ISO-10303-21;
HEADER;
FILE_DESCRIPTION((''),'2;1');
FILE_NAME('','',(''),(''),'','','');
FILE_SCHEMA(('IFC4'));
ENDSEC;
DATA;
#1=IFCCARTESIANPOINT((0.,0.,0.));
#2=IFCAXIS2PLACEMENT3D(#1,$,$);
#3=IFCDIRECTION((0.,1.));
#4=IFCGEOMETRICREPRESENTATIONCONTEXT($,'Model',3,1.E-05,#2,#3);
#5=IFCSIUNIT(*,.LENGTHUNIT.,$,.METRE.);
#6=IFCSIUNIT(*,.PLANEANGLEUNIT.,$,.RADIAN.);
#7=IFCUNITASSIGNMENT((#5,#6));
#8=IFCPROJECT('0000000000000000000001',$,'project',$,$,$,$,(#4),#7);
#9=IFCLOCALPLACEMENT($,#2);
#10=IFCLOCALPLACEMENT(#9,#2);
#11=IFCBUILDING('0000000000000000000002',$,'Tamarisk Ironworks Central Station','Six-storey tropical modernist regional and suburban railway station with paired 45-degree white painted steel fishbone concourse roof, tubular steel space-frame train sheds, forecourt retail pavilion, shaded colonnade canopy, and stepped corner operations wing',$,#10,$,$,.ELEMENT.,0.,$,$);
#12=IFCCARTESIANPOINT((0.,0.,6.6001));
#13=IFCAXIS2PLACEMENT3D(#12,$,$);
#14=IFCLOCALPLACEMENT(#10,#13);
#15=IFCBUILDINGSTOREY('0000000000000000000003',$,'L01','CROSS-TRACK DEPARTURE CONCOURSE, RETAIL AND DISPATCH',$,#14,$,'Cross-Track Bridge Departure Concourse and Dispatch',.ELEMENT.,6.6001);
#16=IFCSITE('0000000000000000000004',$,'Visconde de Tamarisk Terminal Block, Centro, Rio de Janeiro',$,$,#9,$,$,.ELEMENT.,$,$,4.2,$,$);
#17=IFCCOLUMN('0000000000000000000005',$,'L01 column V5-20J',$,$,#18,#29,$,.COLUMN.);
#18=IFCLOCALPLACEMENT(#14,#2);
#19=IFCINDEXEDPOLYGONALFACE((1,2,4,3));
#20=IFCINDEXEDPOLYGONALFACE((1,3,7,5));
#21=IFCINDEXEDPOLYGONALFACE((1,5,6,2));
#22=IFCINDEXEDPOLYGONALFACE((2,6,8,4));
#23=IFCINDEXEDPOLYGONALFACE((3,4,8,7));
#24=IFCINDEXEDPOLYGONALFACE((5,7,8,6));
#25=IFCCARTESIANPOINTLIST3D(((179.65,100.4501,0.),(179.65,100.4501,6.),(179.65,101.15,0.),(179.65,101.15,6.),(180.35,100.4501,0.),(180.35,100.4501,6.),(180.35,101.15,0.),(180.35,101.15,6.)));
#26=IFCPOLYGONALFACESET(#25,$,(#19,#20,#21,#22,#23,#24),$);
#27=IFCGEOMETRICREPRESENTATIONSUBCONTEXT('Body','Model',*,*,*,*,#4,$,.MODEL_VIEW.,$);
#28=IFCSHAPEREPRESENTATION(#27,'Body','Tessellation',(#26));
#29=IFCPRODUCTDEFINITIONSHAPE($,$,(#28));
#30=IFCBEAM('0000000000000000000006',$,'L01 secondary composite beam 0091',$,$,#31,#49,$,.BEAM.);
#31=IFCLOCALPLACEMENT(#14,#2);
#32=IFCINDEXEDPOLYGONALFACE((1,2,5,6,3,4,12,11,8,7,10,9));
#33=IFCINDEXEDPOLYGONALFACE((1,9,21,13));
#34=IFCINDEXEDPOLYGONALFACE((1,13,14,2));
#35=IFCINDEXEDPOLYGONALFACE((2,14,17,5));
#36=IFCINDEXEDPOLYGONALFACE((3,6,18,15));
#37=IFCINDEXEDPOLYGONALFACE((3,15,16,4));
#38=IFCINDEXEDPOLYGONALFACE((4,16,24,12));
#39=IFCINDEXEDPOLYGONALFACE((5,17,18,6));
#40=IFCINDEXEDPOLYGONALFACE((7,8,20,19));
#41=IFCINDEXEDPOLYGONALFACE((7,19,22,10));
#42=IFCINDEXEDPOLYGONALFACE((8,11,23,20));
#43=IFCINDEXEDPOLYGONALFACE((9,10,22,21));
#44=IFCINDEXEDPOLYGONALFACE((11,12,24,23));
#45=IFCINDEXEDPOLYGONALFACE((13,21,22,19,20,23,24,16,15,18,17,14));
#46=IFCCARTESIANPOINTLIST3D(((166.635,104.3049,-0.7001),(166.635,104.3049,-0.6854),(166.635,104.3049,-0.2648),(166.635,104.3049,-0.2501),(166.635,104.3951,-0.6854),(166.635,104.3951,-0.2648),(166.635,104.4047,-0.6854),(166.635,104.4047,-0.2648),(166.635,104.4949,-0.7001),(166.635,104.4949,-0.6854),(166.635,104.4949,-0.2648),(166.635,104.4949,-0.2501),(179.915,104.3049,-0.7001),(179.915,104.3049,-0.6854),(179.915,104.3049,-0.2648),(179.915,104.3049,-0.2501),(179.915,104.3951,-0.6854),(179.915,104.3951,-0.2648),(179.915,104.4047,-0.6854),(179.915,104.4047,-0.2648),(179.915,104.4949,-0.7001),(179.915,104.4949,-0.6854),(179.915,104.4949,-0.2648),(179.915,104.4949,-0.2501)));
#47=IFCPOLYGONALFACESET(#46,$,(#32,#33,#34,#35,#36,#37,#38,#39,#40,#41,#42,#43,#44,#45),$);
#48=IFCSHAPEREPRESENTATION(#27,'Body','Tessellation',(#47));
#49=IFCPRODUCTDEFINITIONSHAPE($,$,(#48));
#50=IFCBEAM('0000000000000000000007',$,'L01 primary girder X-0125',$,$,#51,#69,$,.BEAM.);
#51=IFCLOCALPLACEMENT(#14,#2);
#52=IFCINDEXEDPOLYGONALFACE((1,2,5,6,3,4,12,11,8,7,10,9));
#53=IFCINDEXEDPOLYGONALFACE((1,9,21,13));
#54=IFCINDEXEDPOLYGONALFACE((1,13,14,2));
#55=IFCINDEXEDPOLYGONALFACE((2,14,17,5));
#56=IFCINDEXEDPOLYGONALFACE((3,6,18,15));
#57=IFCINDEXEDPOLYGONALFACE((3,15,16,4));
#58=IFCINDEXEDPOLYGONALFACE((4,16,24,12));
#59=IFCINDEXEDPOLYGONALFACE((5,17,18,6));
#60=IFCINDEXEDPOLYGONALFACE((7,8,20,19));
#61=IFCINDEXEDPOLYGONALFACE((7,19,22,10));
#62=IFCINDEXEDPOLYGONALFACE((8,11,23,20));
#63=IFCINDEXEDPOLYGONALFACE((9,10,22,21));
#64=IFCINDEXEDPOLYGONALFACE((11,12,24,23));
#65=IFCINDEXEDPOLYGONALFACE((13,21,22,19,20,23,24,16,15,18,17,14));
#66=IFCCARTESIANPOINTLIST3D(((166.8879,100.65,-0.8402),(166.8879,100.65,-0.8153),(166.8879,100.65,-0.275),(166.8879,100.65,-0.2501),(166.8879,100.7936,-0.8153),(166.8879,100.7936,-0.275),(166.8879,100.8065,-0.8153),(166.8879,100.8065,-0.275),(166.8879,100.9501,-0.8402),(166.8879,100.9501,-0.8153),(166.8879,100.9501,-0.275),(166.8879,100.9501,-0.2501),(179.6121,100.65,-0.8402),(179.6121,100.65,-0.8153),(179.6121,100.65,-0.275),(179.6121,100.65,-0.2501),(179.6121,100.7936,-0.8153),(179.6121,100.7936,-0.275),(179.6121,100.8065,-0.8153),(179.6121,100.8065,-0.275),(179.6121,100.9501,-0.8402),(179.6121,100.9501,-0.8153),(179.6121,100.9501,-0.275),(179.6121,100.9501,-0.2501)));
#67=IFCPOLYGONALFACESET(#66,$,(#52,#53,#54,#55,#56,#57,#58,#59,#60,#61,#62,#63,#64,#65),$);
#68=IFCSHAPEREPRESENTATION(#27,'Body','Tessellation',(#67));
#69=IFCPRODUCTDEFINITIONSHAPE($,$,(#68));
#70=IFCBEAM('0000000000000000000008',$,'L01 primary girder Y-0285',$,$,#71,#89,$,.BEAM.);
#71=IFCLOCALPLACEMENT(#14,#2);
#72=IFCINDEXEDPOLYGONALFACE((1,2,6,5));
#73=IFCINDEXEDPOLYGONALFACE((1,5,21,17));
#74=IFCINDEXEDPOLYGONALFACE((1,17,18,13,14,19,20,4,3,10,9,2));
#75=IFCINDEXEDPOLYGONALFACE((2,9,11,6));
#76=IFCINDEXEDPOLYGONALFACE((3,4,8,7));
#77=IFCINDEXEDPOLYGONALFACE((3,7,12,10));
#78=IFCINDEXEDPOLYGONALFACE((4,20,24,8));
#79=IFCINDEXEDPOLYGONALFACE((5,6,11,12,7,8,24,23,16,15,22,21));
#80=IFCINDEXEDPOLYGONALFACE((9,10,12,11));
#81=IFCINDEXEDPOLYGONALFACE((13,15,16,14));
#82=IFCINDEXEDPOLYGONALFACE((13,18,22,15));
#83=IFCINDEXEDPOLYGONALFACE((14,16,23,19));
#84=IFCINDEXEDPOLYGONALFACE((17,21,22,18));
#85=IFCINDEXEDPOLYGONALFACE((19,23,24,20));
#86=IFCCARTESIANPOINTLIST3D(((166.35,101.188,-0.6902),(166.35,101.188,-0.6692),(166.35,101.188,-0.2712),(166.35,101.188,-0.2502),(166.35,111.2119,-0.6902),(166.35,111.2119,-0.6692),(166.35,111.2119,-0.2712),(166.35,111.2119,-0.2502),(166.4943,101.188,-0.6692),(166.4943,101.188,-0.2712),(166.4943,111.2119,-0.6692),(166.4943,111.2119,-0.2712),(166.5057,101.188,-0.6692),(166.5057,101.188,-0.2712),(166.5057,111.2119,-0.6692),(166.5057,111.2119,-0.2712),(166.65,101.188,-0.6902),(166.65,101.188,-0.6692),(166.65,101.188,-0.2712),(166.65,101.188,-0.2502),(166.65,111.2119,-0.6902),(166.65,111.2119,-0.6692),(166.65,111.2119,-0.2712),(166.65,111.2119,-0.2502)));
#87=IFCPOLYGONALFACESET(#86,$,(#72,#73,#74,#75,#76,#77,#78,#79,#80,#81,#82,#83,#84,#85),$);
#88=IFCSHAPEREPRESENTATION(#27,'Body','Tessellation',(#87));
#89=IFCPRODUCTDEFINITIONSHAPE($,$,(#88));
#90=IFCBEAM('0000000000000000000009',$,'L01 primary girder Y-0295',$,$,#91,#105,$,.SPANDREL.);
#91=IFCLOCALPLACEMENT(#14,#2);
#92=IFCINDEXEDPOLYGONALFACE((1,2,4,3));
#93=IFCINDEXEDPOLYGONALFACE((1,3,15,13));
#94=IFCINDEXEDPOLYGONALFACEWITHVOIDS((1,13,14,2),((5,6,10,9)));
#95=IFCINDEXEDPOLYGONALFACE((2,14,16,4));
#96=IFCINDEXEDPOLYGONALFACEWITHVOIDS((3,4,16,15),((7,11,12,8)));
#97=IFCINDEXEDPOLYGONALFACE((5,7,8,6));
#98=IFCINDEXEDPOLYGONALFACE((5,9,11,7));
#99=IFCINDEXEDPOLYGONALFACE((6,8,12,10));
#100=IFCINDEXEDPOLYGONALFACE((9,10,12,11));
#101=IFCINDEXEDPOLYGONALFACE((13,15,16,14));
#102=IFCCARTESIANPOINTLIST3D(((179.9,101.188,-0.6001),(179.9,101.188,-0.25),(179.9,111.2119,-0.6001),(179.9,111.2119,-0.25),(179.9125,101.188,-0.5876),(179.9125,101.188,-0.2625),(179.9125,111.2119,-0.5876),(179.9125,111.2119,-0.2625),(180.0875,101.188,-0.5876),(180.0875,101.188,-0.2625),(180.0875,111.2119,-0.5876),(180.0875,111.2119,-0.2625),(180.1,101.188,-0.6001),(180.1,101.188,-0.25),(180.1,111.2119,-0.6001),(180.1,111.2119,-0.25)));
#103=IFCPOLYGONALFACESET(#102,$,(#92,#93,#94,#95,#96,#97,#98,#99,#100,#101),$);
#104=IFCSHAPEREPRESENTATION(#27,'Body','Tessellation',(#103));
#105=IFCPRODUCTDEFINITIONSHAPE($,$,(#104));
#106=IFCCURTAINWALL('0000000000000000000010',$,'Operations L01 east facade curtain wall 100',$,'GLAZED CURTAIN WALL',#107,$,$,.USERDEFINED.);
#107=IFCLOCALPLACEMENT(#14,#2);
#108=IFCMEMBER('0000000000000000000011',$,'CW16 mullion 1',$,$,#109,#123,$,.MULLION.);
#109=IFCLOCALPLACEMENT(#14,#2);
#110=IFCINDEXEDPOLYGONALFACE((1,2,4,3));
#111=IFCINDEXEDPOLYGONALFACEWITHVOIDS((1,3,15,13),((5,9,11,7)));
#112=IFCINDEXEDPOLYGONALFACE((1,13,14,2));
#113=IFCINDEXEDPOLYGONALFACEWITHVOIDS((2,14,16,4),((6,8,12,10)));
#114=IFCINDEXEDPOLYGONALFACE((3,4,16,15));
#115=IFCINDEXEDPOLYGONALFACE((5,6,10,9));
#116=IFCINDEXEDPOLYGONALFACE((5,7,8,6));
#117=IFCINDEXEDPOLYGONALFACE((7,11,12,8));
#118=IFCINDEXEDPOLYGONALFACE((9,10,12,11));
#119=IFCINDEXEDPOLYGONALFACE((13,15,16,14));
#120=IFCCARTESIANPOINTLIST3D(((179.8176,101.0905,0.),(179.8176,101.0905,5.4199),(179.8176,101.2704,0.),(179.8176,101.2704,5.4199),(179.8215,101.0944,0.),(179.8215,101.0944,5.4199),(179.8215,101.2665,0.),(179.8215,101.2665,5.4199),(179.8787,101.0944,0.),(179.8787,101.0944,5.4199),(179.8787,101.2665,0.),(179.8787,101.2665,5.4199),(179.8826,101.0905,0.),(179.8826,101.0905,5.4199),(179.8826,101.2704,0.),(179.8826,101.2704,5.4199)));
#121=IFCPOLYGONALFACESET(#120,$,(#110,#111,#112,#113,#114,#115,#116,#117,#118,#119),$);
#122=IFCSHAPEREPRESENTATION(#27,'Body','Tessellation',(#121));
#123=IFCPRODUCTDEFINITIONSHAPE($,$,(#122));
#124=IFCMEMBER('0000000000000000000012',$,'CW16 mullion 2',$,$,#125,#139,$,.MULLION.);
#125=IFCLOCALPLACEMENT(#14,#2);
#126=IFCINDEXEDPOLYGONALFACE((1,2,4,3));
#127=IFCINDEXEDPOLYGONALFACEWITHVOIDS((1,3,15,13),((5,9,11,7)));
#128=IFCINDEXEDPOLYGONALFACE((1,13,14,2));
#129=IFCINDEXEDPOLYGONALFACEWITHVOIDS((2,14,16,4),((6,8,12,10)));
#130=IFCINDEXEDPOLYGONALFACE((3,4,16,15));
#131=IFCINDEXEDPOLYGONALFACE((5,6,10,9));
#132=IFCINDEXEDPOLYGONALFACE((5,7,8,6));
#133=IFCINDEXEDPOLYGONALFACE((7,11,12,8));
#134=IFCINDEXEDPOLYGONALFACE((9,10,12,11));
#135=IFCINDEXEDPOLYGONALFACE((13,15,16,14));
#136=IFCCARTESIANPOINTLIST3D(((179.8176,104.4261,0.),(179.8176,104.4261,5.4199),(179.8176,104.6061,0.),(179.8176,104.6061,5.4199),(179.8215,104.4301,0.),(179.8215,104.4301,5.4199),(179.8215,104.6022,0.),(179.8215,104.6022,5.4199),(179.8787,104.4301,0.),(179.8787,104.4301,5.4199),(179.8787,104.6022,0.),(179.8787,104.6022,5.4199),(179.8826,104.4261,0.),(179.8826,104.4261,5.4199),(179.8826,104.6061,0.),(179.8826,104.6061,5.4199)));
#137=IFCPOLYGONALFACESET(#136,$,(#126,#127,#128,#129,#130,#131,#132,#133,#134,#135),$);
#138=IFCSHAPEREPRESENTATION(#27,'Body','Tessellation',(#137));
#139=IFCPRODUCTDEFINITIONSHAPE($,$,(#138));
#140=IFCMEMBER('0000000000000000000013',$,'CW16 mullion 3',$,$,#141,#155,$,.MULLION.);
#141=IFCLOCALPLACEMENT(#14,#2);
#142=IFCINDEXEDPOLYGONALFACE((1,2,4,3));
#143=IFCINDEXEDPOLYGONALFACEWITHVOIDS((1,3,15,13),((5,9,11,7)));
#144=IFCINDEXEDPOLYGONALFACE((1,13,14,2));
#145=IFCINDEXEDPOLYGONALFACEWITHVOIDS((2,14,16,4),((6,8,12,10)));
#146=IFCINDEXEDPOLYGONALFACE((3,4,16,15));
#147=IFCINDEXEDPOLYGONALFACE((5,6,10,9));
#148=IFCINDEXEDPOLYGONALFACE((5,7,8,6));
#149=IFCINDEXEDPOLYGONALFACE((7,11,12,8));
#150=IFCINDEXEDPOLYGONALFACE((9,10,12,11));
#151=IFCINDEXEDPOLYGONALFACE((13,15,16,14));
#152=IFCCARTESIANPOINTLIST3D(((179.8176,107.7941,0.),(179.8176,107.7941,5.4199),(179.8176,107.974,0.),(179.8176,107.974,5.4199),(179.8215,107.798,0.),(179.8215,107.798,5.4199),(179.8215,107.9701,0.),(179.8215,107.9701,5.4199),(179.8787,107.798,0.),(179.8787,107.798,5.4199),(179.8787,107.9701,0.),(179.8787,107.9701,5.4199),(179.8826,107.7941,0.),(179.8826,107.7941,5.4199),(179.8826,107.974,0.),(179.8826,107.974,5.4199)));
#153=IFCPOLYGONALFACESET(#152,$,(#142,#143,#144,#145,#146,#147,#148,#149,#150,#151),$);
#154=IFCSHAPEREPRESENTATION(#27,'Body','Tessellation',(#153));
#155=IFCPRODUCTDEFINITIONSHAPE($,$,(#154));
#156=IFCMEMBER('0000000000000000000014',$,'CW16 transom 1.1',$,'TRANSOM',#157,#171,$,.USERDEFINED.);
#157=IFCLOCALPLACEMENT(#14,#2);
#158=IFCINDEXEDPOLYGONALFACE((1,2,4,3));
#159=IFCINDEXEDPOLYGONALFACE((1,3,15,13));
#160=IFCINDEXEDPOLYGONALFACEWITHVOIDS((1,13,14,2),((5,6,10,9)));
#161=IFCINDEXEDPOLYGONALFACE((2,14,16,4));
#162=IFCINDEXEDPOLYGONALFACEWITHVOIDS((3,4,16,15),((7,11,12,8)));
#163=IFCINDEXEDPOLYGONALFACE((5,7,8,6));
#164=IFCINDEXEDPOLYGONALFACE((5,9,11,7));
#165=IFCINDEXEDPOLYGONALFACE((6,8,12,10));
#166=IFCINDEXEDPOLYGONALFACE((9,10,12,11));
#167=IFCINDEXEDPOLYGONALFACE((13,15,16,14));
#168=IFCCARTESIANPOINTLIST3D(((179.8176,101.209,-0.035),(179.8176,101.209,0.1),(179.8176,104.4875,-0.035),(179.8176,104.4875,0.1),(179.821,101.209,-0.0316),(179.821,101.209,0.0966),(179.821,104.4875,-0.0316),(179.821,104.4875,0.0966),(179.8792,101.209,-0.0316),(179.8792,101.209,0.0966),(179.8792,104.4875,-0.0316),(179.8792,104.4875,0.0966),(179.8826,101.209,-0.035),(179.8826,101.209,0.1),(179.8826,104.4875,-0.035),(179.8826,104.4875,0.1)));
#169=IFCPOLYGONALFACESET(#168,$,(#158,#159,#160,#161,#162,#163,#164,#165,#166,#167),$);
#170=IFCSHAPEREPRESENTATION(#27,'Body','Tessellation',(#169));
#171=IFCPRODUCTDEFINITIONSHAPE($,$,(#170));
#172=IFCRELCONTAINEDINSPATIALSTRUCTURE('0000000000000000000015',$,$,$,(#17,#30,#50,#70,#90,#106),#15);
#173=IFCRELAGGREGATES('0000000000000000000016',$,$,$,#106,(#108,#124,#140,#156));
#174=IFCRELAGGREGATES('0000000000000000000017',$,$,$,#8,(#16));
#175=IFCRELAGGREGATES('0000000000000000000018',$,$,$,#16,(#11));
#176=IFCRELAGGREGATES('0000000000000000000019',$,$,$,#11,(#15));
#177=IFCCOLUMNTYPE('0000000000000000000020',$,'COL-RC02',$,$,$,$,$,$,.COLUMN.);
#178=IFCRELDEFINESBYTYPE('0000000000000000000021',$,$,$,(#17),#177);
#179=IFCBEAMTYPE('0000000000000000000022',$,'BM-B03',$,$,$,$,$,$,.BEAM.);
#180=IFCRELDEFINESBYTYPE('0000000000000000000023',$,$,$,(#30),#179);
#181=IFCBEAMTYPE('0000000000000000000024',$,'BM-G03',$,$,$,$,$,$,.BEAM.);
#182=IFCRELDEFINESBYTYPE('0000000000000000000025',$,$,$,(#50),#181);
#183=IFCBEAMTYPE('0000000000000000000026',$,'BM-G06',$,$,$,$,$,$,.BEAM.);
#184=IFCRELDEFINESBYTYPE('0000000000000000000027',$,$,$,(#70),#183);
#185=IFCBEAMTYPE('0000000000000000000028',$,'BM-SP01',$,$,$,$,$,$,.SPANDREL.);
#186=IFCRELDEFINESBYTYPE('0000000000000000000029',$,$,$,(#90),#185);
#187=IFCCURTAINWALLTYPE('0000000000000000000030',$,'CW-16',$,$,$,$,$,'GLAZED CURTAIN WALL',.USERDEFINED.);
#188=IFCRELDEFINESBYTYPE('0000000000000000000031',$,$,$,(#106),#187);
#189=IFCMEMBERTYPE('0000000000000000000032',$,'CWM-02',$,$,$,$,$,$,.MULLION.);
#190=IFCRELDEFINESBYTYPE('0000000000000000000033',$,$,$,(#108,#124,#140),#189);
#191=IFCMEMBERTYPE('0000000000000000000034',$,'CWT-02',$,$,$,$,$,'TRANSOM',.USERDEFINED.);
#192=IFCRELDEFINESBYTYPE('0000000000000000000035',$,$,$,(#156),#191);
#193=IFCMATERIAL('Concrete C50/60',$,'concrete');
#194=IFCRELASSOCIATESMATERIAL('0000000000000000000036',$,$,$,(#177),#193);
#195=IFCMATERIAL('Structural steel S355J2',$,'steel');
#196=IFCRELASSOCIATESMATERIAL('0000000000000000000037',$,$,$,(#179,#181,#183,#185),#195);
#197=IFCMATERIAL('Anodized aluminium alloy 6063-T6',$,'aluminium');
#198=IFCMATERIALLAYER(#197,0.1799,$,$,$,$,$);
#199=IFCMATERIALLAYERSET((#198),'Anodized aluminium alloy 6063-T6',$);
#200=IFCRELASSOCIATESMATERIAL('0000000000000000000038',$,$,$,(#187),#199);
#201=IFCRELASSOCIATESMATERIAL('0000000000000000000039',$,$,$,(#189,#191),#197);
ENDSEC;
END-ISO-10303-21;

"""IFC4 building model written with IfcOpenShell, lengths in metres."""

from ifc_helpers import new_model, si_unit, direction, frame, origin, origin_2d, place, context, subcontext, project, spatial, rectangle, hollow_rectangle, i_section, extrude, material, layer, layer_set, material_profile, profile_set, type_object, element, aggregate, save


model = new_model("IFC4")

# Units and contexts
model_context = context("Model", 3, precision=1e-05, world=origin(), true_north=direction((0.0, 1.0)))
body_context = subcontext(model_context, "Body", "Model", "MODEL_VIEW")
ifc_project = project(units=[si_unit("LENGTHUNIT", "METRE"), si_unit("PLANEANGLEUNIT", "RADIAN")], contexts=[model_context])

# Site, building, storey
site_placement = place(None, origin())
site = spatial("IfcSite", under=ifc_project, at=site_placement, Name="Visconde de Tamarisk Terminal Block, Centro, Rio de Janeiro", CompositionType="ELEMENT", RefElevation=4.2)
building_placement = place(site_placement, origin())
building = spatial("IfcBuilding", under=site, at=building_placement, Name="Tamarisk Ironworks Central Station", Description="Six-storey tropical modernist regional and suburban railway station with paired 45-degree white painted steel fishbone concourse roof, tubular steel space-frame train sheds, forecourt retail pavilion, shaded colonnade canopy, and stepped corner operations wing", CompositionType="ELEMENT", ElevationOfRefHeight=0.0)
storey_placement = place(building_placement, frame((0.0, 0.0, 6.6001)))
storey = spatial("IfcBuildingStorey", under=building, at=storey_placement, Name="L01", Description="CROSS-TRACK DEPARTURE CONCOURSE, RETAIL AND DISPATCH", LongName="Cross-Track Bridge Departure Concourse and Dispatch", CompositionType="ELEMENT", Elevation=6.6001)

# Column
ifc_material_1 = material(Name="Concrete C50/60", Category="concrete")
ifc_material_profile_1 = material_profile(ifc_material_1, rectangle(XDim=0.7, YDim=0.7, at=origin_2d()), Name="RC 700x700")
ifc_profile_set_1 = profile_set([ifc_material_profile_1], Name="Concrete C50/60")
column_type = type_object("IfcColumnType", Name="COL-RC02", PredefinedType="COLUMN", material=ifc_profile_set_1)
column_placement = place(storey_placement, frame((180.0, 100.8, 0.0), z_axis=(0.0, 0.0, 1.0), x_axis=(1.0, 0.0, 0.0)))
element("IfcColumn", 1, at=column_placement, inside=storey, type_object=column_type, Name="L01 column V5-20J", PredefinedType="COLUMN", context=body_context, shape_type="SweptSolid", body=[
    extrude(rectangle(XDim=0.7, YDim=0.7, at=origin_2d()), origin(), (0.0, 0.0, 1.0), 6.0),
])

# Beams
ifc_material_2 = material(Name="Structural steel S355J2", Category="steel")
ifc_material_profile_2 = material_profile(ifc_material_2, i_section(OverallWidth=0.1899, OverallDepth=0.45, WebThickness=0.0095, FlangeThickness=0.0146, at=origin_2d()), Name="IPE 450")
ifc_profile_set_2 = profile_set([ifc_material_profile_2], Name="Structural steel S355J2")
beam_type_1 = type_object("IfcBeamType", Name="BM-B03", PredefinedType="BEAM", material=ifc_profile_set_2)
beam_1_placement = place(storey_placement, frame((166.635, 104.3999, -0.4751), z_axis=(1.0, 0.0, 0.0), x_axis=(0.0, 1.0, 0.0)))
element("IfcBeam", 2, at=beam_1_placement, inside=storey, type_object=beam_type_1, Name="L01 secondary composite beam 0091", PredefinedType="BEAM", context=body_context, shape_type="SweptSolid", body=[
    extrude(i_section(OverallWidth=0.1899, OverallDepth=0.45, WebThickness=0.0095, FlangeThickness=0.0146, at=origin_2d()), origin(), (0.0, 0.0, 1.0), 13.28),
])
ifc_material_profile_3 = material_profile(ifc_material_2, i_section(OverallWidth=0.3, OverallDepth=0.5901, WebThickness=0.0129, FlangeThickness=0.0249, at=origin_2d()), Name="HEA 600")
ifc_profile_set_3 = profile_set([ifc_material_profile_3], Name="Structural steel S355J2")
beam_type_2 = type_object("IfcBeamType", Name="BM-G03", PredefinedType="BEAM", material=ifc_profile_set_3)
beam_2_placement = place(storey_placement, frame((166.8879, 100.8, -0.5452), z_axis=(1.0, 0.0, 0.0), x_axis=(0.0, 1.0, 0.0)))
element("IfcBeam", 3, at=beam_2_placement, inside=storey, type_object=beam_type_2, Name="L01 primary girder X-0125", PredefinedType="BEAM", context=body_context, shape_type="SweptSolid", body=[
    extrude(i_section(OverallWidth=0.3, OverallDepth=0.5901, WebThickness=0.0129, FlangeThickness=0.0249, at=origin_2d()), origin(), (0.0, 0.0, 1.0), 12.7241),
])
ifc_material_profile_4 = material_profile(ifc_material_2, i_section(OverallWidth=0.3, OverallDepth=0.4399, WebThickness=0.0115, FlangeThickness=0.021, at=origin_2d()), Name="HEA 450")
ifc_profile_set_4 = profile_set([ifc_material_profile_4], Name="Structural steel S355J2")
beam_type_3 = type_object("IfcBeamType", Name="BM-G06", PredefinedType="BEAM", material=ifc_profile_set_4)
beam_3_placement = place(storey_placement, frame((166.5, 101.188, -0.4702), z_axis=(0.0, 1.0, 0.0), x_axis=(-1.0, 0.0, 0.0)))
element("IfcBeam", 4, at=beam_3_placement, inside=storey, type_object=beam_type_3, Name="L01 primary girder Y-0285", PredefinedType="BEAM", context=body_context, shape_type="SweptSolid", body=[
    extrude(i_section(OverallWidth=0.3, OverallDepth=0.4399, WebThickness=0.0115, FlangeThickness=0.021, at=origin_2d()), origin(), (0.0, 0.0, 1.0), 10.0239),
])
ifc_material_profile_5 = material_profile(ifc_material_2, hollow_rectangle(XDim=0.2, YDim=0.3501, WallThickness=0.0125, at=origin_2d()), Name="RHS 350x200x12.5")
ifc_profile_set_5 = profile_set([ifc_material_profile_5], Name="Structural steel S355J2")
beam_type_4 = type_object("IfcBeamType", Name="BM-SP01", PredefinedType="SPANDREL", material=ifc_profile_set_5)
beam_4_placement = place(storey_placement, frame((180.0, 101.188, -0.425), z_axis=(0.0, 1.0, 0.0), x_axis=(-1.0, 0.0, 0.0)))
element("IfcBeam", 5, at=beam_4_placement, inside=storey, type_object=beam_type_4, Name="L01 primary girder Y-0295", PredefinedType="SPANDREL", context=body_context, shape_type="SweptSolid", body=[
    extrude(hollow_rectangle(XDim=0.2, YDim=0.3501, WallThickness=0.0125, at=origin_2d()), origin(), (0.0, 0.0, 1.0), 10.0239),
])

# Curtain wall, members
ifc_material_3 = material(Name="Anodized aluminium alloy 6063-T6", Category="aluminium")
ifc_layer_1 = layer(ifc_material_3, 0.1799)
ifc_layer_set_1 = layer_set([ifc_layer_1], Name="Anodized aluminium alloy 6063-T6")
curtain_wall_type = type_object("IfcCurtainWallType", Name="CW-16", ElementType="GLAZED CURTAIN WALL", PredefinedType="USERDEFINED", material=ifc_layer_set_1)
curtain_wall_placement = place(storey_placement, origin())
curtain_wall = element("IfcCurtainWall", 6, at=curtain_wall_placement, inside=storey, type_object=curtain_wall_type, Name="Operations L01 east facade curtain wall 100", ObjectType="GLAZED CURTAIN WALL", PredefinedType="USERDEFINED")
ifc_material_profile_6 = material_profile(ifc_material_3, hollow_rectangle(XDim=0.0649, YDim=0.1799, WallThickness=0.0039, at=origin_2d()), Name="ALUM 180x65")
ifc_profile_set_6 = profile_set([ifc_material_profile_6], Name="Anodized aluminium alloy 6063-T6")
member_type_1 = type_object("IfcMemberType", Name="CWM-02", PredefinedType="MULLION", material=ifc_profile_set_6)
member_1_placement = place(storey_placement, frame((179.8501, 101.1804, 0.0), z_axis=(0.0, 0.0, 1.0), x_axis=(-1.0, 0.0, 0.0)))
member_1 = element("IfcMember", 7, at=member_1_placement, type_object=member_type_1, Name="CW16 mullion 1", PredefinedType="MULLION", context=body_context, shape_type="SweptSolid", body=[
    extrude(hollow_rectangle(XDim=0.0649, YDim=0.1799, WallThickness=0.0039, at=origin_2d()), origin(), (0.0, 0.0, 1.0), 5.4199),
])
member_2_placement = place(storey_placement, frame((179.8501, 104.5161, 0.0), z_axis=(0.0, 0.0, 1.0), x_axis=(-1.0, 0.0, 0.0)))
member_2 = element("IfcMember", 8, at=member_2_placement, type_object=member_type_1, Name="CW16 mullion 2", PredefinedType="MULLION", context=body_context, shape_type="SweptSolid", body=[
    extrude(hollow_rectangle(XDim=0.0649, YDim=0.1799, WallThickness=0.0039, at=origin_2d()), origin(), (0.0, 0.0, 1.0), 5.4199),
])
member_3_placement = place(storey_placement, frame((179.8501, 107.884, 0.0), z_axis=(0.0, 0.0, 1.0), x_axis=(-1.0, 0.0, 0.0)))
member_3 = element("IfcMember", 9, at=member_3_placement, type_object=member_type_1, Name="CW16 mullion 3", PredefinedType="MULLION", context=body_context, shape_type="SweptSolid", body=[
    extrude(hollow_rectangle(XDim=0.0649, YDim=0.1799, WallThickness=0.0039, at=origin_2d()), origin(), (0.0, 0.0, 1.0), 5.4199),
])
ifc_material_profile_7 = material_profile(ifc_material_3, hollow_rectangle(XDim=0.0649, YDim=0.135, WallThickness=0.0034, at=origin_2d()), Name="ALUM 135x65")
ifc_profile_set_7 = profile_set([ifc_material_profile_7], Name="Anodized aluminium alloy 6063-T6")
member_type_2 = type_object("IfcMemberType", Name="CWT-02", ElementType="TRANSOM", PredefinedType="USERDEFINED", material=ifc_profile_set_7)
member_4_placement = place(storey_placement, frame((179.8501, 101.209, 0.0325), z_axis=(0.0, 1.0, 0.0), x_axis=(-1.0, 0.0, 0.0)))
member_4 = element("IfcMember", 10, at=member_4_placement, type_object=member_type_2, Name="CW16 transom 1.1", ObjectType="TRANSOM", PredefinedType="USERDEFINED", context=body_context, shape_type="SweptSolid", body=[
    extrude(hollow_rectangle(XDim=0.0649, YDim=0.135, WallThickness=0.0034, at=origin_2d()), origin(), (0.0, 0.0, 1.0), 3.2786),
])
aggregate(curtain_wall, [member_1, member_2, member_3, member_4])

save(model, "model.ifc")
